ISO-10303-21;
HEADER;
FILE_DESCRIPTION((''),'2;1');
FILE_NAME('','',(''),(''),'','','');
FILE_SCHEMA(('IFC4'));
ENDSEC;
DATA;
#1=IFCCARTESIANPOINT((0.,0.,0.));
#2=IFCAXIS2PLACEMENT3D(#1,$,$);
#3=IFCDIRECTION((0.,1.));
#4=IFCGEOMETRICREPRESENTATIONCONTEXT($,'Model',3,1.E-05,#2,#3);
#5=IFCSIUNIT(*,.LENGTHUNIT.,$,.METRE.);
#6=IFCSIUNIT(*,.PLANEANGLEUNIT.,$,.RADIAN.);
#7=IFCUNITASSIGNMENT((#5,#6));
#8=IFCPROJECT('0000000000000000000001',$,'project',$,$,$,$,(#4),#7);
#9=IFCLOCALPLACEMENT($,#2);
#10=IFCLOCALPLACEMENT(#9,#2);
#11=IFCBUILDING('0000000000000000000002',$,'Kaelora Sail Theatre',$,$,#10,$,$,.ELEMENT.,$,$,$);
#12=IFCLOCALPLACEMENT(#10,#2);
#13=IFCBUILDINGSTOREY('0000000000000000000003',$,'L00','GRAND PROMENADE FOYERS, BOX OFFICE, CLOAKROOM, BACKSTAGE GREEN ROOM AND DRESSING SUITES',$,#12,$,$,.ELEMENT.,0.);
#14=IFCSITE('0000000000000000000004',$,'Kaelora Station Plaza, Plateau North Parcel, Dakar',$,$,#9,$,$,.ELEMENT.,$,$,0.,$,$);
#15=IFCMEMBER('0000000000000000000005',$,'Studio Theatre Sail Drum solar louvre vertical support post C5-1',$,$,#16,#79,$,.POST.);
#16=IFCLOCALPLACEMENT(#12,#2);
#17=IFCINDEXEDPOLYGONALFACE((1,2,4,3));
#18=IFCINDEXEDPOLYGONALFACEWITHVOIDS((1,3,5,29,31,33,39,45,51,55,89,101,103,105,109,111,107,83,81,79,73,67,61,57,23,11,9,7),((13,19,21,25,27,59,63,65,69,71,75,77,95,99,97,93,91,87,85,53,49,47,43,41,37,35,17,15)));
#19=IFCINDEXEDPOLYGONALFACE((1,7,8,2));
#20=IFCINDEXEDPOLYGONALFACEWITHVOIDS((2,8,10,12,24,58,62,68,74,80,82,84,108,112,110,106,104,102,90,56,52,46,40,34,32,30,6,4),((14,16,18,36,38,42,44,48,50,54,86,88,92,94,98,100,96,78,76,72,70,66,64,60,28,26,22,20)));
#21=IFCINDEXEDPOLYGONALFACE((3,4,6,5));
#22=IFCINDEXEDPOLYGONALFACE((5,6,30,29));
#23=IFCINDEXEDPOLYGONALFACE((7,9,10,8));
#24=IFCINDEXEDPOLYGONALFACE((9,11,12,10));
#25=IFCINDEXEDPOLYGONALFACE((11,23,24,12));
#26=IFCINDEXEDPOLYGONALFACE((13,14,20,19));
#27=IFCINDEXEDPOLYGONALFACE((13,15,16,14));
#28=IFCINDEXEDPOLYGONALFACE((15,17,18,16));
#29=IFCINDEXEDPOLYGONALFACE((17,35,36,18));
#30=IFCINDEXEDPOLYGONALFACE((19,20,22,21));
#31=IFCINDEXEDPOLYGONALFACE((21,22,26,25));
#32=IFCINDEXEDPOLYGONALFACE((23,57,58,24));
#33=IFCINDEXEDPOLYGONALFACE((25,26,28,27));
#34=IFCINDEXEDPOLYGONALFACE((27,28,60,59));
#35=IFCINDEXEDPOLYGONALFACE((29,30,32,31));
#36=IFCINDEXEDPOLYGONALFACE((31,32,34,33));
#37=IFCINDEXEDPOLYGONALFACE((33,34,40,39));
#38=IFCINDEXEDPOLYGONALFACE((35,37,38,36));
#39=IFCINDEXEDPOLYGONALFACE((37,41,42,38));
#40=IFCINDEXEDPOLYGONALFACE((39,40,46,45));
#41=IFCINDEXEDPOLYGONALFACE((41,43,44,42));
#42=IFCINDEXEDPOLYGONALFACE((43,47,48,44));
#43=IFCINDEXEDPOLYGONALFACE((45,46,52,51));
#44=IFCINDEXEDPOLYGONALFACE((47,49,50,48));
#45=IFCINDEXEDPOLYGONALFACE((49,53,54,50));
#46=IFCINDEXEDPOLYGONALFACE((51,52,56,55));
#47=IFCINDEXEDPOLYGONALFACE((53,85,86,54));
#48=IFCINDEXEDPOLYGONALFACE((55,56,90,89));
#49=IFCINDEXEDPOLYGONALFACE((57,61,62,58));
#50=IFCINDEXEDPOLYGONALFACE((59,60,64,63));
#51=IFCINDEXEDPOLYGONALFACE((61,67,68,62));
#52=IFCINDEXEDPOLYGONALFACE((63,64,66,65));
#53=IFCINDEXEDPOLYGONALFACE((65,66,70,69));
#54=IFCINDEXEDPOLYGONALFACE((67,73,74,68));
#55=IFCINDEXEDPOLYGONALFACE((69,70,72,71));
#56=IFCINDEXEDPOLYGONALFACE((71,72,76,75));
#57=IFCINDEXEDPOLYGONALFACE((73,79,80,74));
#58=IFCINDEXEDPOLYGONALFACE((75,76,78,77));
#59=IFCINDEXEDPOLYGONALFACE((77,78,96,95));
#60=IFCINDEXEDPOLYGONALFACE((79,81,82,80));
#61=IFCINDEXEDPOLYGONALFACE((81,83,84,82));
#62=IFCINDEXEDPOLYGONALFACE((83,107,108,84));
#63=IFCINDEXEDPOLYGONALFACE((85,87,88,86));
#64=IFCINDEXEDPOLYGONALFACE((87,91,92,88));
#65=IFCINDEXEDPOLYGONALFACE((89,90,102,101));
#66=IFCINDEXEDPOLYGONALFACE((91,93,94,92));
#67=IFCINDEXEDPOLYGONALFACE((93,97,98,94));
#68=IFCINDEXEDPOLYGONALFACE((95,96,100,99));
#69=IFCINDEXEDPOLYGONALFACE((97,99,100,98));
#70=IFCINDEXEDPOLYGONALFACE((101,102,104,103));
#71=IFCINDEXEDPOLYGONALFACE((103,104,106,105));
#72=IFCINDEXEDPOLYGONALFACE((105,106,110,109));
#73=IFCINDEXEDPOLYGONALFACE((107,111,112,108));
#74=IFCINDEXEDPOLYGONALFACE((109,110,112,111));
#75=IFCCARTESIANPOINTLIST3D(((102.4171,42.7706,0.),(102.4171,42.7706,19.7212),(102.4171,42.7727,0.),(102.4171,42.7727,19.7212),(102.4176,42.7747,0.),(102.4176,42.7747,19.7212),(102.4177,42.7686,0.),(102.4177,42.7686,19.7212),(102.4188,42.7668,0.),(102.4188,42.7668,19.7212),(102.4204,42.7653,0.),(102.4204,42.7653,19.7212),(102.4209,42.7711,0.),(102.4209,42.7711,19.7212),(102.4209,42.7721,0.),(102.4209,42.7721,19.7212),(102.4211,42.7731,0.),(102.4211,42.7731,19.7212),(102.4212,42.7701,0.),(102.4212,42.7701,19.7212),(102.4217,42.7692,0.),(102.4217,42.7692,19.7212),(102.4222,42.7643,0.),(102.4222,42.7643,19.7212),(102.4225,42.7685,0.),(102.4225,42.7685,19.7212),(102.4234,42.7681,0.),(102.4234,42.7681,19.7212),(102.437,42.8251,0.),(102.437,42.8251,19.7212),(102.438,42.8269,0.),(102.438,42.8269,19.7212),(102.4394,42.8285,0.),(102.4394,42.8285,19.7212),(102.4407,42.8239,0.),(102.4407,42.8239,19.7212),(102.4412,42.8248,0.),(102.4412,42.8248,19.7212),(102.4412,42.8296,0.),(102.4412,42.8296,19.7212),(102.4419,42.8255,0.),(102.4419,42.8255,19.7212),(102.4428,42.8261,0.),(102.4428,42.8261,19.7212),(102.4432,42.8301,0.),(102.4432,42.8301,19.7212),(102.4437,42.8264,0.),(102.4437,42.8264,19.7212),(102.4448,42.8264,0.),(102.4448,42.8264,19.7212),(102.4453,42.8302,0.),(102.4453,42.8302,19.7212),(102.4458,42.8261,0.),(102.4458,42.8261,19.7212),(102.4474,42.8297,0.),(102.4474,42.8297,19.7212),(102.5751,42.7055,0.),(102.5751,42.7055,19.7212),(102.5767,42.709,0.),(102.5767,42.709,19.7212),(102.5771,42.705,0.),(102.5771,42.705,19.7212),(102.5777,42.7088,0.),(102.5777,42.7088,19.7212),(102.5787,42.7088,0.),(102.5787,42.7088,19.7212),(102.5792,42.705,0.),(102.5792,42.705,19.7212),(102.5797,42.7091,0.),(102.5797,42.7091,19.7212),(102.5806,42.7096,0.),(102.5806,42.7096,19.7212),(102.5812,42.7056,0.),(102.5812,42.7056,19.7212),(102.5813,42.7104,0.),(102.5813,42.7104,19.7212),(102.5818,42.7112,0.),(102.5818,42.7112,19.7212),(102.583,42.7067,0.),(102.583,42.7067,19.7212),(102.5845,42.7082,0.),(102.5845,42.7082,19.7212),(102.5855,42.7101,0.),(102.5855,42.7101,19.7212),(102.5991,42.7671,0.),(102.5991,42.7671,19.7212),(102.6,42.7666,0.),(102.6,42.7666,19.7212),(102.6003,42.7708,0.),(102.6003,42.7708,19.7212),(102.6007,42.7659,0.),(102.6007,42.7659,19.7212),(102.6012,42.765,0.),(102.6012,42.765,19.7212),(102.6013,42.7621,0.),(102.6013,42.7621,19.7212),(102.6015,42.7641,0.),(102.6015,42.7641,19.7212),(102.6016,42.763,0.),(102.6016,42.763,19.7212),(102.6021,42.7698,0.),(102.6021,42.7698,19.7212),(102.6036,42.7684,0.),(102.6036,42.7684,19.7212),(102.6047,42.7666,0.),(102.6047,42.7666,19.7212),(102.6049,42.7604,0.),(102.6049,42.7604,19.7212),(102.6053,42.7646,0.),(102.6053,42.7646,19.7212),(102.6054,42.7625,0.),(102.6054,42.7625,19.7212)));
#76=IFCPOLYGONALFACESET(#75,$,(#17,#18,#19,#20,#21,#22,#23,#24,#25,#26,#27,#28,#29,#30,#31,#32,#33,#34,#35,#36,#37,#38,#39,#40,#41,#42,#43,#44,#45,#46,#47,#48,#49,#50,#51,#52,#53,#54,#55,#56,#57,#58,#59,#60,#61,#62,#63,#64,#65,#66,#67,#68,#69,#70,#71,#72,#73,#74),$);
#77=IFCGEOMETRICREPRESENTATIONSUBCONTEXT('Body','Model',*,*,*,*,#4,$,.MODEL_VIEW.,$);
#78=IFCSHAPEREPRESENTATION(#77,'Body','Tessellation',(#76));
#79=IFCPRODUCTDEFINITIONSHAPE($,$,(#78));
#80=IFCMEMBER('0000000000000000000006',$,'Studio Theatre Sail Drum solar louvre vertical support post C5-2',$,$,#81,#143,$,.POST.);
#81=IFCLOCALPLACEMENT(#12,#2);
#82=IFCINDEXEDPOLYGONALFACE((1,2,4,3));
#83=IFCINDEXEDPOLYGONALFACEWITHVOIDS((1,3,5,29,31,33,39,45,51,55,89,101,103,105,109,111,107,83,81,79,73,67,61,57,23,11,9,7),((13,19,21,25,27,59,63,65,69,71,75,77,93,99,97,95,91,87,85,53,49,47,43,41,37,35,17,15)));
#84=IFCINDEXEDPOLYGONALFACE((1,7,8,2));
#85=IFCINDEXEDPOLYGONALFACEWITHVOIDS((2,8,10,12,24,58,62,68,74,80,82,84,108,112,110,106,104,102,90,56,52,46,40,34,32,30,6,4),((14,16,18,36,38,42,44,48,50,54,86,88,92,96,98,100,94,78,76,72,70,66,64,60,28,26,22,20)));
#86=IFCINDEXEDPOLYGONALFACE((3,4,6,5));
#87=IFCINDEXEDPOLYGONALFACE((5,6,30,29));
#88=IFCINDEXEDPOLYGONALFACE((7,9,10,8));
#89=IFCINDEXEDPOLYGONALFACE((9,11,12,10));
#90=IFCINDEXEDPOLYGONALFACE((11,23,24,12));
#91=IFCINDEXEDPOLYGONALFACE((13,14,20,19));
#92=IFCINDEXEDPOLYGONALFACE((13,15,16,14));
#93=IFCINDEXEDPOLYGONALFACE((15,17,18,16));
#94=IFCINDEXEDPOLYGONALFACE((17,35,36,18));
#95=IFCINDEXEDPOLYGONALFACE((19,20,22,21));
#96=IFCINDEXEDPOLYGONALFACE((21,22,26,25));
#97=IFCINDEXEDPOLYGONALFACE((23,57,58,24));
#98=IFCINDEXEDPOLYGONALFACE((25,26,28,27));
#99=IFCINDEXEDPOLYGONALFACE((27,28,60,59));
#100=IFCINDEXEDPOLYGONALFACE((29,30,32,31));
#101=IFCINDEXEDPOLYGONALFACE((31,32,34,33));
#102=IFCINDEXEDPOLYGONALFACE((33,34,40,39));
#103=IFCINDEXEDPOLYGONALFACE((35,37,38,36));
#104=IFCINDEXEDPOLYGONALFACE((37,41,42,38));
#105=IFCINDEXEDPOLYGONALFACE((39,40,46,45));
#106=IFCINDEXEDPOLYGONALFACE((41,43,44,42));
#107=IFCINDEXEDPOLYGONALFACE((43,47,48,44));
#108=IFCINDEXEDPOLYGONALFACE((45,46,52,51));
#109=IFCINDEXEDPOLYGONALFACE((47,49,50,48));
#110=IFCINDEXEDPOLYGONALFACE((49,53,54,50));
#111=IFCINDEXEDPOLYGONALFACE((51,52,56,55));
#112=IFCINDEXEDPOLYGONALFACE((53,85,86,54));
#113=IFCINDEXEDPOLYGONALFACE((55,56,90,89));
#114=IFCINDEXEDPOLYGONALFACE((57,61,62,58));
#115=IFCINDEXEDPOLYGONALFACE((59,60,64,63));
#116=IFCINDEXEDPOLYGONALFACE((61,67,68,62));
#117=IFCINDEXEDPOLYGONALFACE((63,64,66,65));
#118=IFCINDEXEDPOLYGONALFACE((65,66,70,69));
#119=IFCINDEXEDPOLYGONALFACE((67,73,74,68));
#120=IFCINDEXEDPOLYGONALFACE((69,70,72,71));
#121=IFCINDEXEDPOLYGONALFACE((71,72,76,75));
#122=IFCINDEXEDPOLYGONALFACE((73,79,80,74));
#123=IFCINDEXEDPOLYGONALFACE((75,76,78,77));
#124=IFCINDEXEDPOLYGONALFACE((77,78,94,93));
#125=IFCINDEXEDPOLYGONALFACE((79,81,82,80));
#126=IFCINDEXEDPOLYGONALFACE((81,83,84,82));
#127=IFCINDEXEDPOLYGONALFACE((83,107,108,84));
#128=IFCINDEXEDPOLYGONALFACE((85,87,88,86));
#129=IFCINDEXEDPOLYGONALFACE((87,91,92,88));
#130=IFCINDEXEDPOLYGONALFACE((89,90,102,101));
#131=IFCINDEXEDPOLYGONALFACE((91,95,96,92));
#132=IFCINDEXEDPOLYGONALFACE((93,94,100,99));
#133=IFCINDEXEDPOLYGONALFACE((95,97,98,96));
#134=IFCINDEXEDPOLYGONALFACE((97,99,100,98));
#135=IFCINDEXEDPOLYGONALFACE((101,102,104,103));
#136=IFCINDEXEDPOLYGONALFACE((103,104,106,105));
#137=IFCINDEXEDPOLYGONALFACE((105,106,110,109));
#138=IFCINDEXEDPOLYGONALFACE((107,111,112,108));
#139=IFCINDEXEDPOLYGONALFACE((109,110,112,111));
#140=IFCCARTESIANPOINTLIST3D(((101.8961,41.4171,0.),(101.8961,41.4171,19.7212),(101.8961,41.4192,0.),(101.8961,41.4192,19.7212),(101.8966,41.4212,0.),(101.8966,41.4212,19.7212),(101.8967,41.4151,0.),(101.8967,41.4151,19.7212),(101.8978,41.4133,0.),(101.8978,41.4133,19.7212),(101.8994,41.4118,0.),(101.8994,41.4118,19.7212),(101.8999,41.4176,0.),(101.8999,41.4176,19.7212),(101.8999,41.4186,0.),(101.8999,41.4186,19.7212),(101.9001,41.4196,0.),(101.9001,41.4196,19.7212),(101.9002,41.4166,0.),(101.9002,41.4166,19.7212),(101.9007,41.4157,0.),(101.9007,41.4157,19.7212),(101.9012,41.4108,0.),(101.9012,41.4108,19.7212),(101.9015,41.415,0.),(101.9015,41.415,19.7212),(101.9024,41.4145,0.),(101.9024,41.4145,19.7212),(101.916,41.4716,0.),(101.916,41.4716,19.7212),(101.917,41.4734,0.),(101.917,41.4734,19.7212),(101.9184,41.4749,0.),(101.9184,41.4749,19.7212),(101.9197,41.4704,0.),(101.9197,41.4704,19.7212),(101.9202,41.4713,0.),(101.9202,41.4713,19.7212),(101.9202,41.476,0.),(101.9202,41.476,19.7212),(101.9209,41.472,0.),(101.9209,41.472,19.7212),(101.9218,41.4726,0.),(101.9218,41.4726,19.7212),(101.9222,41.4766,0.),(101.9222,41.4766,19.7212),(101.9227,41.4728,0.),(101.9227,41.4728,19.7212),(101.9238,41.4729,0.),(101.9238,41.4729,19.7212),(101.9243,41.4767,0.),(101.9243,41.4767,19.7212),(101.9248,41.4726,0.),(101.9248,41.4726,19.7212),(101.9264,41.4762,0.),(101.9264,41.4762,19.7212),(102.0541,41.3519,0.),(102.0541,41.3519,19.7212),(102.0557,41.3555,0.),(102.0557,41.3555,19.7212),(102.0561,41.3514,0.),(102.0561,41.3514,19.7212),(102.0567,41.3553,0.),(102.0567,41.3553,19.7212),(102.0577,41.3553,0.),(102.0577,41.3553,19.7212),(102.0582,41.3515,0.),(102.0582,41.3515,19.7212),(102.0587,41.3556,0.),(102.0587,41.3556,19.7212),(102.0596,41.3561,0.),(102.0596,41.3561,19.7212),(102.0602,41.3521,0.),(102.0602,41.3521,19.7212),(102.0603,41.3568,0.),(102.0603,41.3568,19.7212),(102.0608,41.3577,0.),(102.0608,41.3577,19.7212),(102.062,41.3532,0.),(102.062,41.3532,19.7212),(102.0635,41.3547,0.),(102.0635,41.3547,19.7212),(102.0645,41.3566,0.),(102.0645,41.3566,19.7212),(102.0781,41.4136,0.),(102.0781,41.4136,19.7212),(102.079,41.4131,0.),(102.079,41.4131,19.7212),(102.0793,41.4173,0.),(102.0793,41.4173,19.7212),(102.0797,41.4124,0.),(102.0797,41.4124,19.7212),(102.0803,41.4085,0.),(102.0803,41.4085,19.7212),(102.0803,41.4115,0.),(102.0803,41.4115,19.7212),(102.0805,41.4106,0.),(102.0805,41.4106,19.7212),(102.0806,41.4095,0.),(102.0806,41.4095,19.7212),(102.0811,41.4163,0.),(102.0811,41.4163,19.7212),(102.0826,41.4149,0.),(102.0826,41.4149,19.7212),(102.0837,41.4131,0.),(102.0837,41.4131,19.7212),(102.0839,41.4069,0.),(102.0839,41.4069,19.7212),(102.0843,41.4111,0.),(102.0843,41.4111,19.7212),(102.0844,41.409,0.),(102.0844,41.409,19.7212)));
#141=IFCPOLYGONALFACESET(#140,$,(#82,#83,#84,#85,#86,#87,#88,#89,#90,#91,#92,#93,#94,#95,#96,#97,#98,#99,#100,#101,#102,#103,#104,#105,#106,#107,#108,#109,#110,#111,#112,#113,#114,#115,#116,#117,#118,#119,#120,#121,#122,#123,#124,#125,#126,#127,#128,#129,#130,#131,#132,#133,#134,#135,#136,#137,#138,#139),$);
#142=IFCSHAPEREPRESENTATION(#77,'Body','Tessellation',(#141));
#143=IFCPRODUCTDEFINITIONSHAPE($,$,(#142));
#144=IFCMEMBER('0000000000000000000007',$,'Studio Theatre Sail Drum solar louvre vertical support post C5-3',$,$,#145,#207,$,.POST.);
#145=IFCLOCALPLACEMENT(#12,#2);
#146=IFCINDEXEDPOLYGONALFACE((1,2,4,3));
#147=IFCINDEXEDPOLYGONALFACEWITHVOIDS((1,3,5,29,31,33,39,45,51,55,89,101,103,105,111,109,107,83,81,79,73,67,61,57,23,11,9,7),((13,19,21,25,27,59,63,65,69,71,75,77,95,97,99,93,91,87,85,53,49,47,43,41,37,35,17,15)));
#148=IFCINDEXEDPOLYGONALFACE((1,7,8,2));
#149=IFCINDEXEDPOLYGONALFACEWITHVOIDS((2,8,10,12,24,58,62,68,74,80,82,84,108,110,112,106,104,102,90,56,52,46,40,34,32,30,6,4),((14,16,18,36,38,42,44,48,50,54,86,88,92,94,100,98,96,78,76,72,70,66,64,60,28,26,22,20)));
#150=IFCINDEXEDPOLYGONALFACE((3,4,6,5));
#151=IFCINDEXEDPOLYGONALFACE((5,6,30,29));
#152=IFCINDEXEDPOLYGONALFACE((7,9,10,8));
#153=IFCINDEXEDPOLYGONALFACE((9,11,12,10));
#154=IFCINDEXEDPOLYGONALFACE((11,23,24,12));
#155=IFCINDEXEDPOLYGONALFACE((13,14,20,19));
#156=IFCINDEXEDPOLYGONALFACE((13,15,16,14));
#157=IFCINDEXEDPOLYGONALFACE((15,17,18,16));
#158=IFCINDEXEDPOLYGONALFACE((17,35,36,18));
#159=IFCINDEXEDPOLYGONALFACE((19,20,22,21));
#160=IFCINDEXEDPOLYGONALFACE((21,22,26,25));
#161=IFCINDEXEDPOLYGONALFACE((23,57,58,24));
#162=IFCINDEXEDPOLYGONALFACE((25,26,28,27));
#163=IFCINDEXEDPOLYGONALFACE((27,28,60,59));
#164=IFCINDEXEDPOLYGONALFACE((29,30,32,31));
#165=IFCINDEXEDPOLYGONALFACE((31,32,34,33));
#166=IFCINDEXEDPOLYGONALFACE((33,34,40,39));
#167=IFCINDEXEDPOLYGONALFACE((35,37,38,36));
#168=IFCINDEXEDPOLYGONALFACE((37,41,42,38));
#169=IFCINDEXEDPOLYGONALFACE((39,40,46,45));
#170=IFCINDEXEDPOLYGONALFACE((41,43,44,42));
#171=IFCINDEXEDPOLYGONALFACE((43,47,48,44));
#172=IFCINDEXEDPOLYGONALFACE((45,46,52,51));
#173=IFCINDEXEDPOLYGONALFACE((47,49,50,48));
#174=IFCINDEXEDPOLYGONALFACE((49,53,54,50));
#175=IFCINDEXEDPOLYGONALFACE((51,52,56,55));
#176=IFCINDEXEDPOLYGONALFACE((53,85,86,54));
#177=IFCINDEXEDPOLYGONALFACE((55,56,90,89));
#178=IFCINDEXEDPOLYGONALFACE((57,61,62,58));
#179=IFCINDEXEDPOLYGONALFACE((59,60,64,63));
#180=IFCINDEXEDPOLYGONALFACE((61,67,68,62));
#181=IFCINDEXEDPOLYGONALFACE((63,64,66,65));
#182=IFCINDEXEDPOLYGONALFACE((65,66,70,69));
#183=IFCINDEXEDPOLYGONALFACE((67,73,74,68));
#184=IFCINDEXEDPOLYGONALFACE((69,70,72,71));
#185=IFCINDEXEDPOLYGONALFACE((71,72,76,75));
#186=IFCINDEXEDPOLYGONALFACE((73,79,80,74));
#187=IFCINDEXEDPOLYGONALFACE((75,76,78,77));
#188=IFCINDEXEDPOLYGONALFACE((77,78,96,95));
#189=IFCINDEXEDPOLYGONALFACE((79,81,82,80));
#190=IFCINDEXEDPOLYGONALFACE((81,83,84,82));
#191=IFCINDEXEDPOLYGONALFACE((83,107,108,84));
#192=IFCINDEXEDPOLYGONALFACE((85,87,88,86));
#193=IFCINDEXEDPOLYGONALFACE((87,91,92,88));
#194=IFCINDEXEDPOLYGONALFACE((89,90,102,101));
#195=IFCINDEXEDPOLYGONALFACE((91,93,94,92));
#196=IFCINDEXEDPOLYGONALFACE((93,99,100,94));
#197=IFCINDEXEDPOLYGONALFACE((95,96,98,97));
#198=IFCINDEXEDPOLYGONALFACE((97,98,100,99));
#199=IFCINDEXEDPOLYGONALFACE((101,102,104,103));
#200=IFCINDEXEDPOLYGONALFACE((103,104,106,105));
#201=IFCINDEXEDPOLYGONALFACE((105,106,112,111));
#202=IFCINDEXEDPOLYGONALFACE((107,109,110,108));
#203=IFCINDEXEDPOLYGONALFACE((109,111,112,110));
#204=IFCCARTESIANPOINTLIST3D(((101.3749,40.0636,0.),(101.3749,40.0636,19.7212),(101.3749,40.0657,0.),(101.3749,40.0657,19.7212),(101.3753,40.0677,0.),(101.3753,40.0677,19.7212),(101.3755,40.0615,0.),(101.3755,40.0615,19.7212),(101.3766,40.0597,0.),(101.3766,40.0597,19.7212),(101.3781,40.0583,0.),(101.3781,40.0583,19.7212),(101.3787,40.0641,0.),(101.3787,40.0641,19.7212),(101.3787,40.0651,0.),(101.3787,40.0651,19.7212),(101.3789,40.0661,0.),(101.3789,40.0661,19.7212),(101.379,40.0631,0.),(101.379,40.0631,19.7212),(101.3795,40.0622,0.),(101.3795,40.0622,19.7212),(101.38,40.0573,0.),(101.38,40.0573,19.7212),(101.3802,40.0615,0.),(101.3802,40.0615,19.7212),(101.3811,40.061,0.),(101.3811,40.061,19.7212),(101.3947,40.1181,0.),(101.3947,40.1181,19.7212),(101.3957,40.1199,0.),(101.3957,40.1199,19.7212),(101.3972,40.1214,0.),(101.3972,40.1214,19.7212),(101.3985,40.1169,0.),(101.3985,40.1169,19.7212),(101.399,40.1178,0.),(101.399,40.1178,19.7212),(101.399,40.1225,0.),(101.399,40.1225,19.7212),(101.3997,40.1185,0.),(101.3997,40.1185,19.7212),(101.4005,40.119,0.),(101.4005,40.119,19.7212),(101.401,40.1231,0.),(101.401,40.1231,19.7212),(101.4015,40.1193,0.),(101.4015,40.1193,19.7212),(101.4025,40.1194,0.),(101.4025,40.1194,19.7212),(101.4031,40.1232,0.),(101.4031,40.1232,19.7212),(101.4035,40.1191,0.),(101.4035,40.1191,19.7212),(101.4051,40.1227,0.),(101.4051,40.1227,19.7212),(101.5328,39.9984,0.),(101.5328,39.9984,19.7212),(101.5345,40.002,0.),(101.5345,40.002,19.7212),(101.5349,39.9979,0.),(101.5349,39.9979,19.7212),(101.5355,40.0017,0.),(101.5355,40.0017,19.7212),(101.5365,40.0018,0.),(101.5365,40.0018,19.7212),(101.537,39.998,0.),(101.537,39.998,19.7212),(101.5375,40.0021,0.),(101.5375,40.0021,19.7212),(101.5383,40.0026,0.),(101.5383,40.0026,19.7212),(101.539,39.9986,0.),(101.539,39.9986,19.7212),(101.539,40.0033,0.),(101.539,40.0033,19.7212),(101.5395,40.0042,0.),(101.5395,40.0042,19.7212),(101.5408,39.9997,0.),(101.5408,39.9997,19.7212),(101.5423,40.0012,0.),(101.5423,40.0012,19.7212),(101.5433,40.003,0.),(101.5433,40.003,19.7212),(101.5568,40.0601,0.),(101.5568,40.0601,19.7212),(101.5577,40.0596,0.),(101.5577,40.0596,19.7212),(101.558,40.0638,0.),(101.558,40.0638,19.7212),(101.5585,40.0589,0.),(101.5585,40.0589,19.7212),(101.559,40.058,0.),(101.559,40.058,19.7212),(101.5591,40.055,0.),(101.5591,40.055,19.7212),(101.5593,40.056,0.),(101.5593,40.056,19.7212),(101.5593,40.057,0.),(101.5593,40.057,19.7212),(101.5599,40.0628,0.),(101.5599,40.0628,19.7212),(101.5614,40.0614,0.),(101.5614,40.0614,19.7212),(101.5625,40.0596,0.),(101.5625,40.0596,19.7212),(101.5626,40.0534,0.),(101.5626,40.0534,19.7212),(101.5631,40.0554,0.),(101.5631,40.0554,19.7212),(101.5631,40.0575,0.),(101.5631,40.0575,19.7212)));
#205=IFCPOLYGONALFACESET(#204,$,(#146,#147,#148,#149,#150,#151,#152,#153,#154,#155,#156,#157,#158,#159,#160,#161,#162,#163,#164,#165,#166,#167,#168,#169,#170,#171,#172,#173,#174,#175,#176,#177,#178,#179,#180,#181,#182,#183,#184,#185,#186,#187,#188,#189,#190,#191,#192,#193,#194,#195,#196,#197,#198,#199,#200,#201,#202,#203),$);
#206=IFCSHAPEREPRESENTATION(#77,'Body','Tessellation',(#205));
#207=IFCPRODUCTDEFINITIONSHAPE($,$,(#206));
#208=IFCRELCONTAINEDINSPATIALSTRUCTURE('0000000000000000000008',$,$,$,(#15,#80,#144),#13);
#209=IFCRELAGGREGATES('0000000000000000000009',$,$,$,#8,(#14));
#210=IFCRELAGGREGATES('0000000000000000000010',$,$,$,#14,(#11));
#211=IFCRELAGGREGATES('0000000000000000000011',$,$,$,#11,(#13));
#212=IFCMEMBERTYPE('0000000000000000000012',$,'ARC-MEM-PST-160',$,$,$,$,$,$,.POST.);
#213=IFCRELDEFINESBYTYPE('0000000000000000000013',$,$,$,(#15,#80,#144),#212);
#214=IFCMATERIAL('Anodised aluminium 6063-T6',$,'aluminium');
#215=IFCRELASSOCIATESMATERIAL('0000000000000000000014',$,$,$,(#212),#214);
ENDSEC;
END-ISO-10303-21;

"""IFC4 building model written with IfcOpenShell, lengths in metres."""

from ifc_helpers import new_model, si_unit, direction, frame, origin, origin_2d, place, context, subcontext, project, spatial, hollow_rectangle, extrude, material, material_profile, profile_set, type_object, element, save


model = new_model("IFC4")

# Units and contexts
model_context = context("Model", 3, precision=1e-05, world=origin(), true_north=direction((0.0, 1.0)))
body_context = subcontext(model_context, "Body", "Model", "MODEL_VIEW")
ifc_project = project(units=[si_unit("LENGTHUNIT", "METRE"), si_unit("PLANEANGLEUNIT", "RADIAN")], contexts=[model_context])

# Site, building, storey
site_placement = place(None, origin())
site = spatial("IfcSite", under=ifc_project, at=site_placement, Name="Kaelora Station Plaza, Plateau North Parcel, Dakar", CompositionType="ELEMENT", RefElevation=0.0)
building_placement = place(site_placement, origin())
building = spatial("IfcBuilding", under=site, at=building_placement, Name="Kaelora Sail Theatre", CompositionType="ELEMENT")
storey_placement = place(building_placement, origin())
storey = spatial("IfcBuildingStorey", under=building, at=storey_placement, Name="L00", Description="GRAND PROMENADE FOYERS, BOX OFFICE, CLOAKROOM, BACKSTAGE GREEN ROOM AND DRESSING SUITES", CompositionType="ELEMENT", Elevation=0.0)

# Members
ifc_material_1 = material(Name="Anodised aluminium 6063-T6", Category="aluminium")
ifc_material_profile_1 = material_profile(ifc_material_1, hollow_rectangle(XDim=0.0701, YDim=0.1799, WallThickness=0.0039, InnerFilletRadius=0.0039, OuterFilletRadius=0.0081, at=origin_2d()), Name="ALU-MULL 70x180x4")
ifc_profile_set_1 = profile_set([ifc_material_profile_1], Name="Anodised aluminium 6063-T6")
member_type_1 = type_object("IfcMemberType", Name="ARC-MEM-PST-160", PredefinedType="POST", material=ifc_profile_set_1)
for number, where, z_axis, x_axis, name in (
    (1, (102.5112, 42.7676, 0.0), (0.0, 0.0, 1.0), (-0.359345, -0.933205, 0.0), "Studio Theatre Sail Drum solar louvre vertical support post C5-1"),
    (2, (101.9902, 41.4141, 0.0), (0.0, 0.0, 1.0), (-0.359345, -0.933205, 0.0), "Studio Theatre Sail Drum solar louvre vertical support post C5-2"),
    (3, (101.469, 40.0605, 0.0), (0.0, 0.0, 1.0), (-0.359345, -0.933205, 0.0), "Studio Theatre Sail Drum solar louvre vertical support post C5-3"),
):
    element("IfcMember", number, at=place(storey_placement, frame(where, z_axis=z_axis, x_axis=x_axis)), inside=storey, type_object=member_type_1, Name=name, PredefinedType="POST", context=body_context, shape_type="SweptSolid", body=[
        extrude(hollow_rectangle(XDim=0.0701, YDim=0.1799, WallThickness=0.0039, InnerFilletRadius=0.0039, OuterFilletRadius=0.0081, at=origin_2d()), origin(), (0.0, 0.0, 1.0), 19.7212),
    ])

save(model, "model.ifc")
